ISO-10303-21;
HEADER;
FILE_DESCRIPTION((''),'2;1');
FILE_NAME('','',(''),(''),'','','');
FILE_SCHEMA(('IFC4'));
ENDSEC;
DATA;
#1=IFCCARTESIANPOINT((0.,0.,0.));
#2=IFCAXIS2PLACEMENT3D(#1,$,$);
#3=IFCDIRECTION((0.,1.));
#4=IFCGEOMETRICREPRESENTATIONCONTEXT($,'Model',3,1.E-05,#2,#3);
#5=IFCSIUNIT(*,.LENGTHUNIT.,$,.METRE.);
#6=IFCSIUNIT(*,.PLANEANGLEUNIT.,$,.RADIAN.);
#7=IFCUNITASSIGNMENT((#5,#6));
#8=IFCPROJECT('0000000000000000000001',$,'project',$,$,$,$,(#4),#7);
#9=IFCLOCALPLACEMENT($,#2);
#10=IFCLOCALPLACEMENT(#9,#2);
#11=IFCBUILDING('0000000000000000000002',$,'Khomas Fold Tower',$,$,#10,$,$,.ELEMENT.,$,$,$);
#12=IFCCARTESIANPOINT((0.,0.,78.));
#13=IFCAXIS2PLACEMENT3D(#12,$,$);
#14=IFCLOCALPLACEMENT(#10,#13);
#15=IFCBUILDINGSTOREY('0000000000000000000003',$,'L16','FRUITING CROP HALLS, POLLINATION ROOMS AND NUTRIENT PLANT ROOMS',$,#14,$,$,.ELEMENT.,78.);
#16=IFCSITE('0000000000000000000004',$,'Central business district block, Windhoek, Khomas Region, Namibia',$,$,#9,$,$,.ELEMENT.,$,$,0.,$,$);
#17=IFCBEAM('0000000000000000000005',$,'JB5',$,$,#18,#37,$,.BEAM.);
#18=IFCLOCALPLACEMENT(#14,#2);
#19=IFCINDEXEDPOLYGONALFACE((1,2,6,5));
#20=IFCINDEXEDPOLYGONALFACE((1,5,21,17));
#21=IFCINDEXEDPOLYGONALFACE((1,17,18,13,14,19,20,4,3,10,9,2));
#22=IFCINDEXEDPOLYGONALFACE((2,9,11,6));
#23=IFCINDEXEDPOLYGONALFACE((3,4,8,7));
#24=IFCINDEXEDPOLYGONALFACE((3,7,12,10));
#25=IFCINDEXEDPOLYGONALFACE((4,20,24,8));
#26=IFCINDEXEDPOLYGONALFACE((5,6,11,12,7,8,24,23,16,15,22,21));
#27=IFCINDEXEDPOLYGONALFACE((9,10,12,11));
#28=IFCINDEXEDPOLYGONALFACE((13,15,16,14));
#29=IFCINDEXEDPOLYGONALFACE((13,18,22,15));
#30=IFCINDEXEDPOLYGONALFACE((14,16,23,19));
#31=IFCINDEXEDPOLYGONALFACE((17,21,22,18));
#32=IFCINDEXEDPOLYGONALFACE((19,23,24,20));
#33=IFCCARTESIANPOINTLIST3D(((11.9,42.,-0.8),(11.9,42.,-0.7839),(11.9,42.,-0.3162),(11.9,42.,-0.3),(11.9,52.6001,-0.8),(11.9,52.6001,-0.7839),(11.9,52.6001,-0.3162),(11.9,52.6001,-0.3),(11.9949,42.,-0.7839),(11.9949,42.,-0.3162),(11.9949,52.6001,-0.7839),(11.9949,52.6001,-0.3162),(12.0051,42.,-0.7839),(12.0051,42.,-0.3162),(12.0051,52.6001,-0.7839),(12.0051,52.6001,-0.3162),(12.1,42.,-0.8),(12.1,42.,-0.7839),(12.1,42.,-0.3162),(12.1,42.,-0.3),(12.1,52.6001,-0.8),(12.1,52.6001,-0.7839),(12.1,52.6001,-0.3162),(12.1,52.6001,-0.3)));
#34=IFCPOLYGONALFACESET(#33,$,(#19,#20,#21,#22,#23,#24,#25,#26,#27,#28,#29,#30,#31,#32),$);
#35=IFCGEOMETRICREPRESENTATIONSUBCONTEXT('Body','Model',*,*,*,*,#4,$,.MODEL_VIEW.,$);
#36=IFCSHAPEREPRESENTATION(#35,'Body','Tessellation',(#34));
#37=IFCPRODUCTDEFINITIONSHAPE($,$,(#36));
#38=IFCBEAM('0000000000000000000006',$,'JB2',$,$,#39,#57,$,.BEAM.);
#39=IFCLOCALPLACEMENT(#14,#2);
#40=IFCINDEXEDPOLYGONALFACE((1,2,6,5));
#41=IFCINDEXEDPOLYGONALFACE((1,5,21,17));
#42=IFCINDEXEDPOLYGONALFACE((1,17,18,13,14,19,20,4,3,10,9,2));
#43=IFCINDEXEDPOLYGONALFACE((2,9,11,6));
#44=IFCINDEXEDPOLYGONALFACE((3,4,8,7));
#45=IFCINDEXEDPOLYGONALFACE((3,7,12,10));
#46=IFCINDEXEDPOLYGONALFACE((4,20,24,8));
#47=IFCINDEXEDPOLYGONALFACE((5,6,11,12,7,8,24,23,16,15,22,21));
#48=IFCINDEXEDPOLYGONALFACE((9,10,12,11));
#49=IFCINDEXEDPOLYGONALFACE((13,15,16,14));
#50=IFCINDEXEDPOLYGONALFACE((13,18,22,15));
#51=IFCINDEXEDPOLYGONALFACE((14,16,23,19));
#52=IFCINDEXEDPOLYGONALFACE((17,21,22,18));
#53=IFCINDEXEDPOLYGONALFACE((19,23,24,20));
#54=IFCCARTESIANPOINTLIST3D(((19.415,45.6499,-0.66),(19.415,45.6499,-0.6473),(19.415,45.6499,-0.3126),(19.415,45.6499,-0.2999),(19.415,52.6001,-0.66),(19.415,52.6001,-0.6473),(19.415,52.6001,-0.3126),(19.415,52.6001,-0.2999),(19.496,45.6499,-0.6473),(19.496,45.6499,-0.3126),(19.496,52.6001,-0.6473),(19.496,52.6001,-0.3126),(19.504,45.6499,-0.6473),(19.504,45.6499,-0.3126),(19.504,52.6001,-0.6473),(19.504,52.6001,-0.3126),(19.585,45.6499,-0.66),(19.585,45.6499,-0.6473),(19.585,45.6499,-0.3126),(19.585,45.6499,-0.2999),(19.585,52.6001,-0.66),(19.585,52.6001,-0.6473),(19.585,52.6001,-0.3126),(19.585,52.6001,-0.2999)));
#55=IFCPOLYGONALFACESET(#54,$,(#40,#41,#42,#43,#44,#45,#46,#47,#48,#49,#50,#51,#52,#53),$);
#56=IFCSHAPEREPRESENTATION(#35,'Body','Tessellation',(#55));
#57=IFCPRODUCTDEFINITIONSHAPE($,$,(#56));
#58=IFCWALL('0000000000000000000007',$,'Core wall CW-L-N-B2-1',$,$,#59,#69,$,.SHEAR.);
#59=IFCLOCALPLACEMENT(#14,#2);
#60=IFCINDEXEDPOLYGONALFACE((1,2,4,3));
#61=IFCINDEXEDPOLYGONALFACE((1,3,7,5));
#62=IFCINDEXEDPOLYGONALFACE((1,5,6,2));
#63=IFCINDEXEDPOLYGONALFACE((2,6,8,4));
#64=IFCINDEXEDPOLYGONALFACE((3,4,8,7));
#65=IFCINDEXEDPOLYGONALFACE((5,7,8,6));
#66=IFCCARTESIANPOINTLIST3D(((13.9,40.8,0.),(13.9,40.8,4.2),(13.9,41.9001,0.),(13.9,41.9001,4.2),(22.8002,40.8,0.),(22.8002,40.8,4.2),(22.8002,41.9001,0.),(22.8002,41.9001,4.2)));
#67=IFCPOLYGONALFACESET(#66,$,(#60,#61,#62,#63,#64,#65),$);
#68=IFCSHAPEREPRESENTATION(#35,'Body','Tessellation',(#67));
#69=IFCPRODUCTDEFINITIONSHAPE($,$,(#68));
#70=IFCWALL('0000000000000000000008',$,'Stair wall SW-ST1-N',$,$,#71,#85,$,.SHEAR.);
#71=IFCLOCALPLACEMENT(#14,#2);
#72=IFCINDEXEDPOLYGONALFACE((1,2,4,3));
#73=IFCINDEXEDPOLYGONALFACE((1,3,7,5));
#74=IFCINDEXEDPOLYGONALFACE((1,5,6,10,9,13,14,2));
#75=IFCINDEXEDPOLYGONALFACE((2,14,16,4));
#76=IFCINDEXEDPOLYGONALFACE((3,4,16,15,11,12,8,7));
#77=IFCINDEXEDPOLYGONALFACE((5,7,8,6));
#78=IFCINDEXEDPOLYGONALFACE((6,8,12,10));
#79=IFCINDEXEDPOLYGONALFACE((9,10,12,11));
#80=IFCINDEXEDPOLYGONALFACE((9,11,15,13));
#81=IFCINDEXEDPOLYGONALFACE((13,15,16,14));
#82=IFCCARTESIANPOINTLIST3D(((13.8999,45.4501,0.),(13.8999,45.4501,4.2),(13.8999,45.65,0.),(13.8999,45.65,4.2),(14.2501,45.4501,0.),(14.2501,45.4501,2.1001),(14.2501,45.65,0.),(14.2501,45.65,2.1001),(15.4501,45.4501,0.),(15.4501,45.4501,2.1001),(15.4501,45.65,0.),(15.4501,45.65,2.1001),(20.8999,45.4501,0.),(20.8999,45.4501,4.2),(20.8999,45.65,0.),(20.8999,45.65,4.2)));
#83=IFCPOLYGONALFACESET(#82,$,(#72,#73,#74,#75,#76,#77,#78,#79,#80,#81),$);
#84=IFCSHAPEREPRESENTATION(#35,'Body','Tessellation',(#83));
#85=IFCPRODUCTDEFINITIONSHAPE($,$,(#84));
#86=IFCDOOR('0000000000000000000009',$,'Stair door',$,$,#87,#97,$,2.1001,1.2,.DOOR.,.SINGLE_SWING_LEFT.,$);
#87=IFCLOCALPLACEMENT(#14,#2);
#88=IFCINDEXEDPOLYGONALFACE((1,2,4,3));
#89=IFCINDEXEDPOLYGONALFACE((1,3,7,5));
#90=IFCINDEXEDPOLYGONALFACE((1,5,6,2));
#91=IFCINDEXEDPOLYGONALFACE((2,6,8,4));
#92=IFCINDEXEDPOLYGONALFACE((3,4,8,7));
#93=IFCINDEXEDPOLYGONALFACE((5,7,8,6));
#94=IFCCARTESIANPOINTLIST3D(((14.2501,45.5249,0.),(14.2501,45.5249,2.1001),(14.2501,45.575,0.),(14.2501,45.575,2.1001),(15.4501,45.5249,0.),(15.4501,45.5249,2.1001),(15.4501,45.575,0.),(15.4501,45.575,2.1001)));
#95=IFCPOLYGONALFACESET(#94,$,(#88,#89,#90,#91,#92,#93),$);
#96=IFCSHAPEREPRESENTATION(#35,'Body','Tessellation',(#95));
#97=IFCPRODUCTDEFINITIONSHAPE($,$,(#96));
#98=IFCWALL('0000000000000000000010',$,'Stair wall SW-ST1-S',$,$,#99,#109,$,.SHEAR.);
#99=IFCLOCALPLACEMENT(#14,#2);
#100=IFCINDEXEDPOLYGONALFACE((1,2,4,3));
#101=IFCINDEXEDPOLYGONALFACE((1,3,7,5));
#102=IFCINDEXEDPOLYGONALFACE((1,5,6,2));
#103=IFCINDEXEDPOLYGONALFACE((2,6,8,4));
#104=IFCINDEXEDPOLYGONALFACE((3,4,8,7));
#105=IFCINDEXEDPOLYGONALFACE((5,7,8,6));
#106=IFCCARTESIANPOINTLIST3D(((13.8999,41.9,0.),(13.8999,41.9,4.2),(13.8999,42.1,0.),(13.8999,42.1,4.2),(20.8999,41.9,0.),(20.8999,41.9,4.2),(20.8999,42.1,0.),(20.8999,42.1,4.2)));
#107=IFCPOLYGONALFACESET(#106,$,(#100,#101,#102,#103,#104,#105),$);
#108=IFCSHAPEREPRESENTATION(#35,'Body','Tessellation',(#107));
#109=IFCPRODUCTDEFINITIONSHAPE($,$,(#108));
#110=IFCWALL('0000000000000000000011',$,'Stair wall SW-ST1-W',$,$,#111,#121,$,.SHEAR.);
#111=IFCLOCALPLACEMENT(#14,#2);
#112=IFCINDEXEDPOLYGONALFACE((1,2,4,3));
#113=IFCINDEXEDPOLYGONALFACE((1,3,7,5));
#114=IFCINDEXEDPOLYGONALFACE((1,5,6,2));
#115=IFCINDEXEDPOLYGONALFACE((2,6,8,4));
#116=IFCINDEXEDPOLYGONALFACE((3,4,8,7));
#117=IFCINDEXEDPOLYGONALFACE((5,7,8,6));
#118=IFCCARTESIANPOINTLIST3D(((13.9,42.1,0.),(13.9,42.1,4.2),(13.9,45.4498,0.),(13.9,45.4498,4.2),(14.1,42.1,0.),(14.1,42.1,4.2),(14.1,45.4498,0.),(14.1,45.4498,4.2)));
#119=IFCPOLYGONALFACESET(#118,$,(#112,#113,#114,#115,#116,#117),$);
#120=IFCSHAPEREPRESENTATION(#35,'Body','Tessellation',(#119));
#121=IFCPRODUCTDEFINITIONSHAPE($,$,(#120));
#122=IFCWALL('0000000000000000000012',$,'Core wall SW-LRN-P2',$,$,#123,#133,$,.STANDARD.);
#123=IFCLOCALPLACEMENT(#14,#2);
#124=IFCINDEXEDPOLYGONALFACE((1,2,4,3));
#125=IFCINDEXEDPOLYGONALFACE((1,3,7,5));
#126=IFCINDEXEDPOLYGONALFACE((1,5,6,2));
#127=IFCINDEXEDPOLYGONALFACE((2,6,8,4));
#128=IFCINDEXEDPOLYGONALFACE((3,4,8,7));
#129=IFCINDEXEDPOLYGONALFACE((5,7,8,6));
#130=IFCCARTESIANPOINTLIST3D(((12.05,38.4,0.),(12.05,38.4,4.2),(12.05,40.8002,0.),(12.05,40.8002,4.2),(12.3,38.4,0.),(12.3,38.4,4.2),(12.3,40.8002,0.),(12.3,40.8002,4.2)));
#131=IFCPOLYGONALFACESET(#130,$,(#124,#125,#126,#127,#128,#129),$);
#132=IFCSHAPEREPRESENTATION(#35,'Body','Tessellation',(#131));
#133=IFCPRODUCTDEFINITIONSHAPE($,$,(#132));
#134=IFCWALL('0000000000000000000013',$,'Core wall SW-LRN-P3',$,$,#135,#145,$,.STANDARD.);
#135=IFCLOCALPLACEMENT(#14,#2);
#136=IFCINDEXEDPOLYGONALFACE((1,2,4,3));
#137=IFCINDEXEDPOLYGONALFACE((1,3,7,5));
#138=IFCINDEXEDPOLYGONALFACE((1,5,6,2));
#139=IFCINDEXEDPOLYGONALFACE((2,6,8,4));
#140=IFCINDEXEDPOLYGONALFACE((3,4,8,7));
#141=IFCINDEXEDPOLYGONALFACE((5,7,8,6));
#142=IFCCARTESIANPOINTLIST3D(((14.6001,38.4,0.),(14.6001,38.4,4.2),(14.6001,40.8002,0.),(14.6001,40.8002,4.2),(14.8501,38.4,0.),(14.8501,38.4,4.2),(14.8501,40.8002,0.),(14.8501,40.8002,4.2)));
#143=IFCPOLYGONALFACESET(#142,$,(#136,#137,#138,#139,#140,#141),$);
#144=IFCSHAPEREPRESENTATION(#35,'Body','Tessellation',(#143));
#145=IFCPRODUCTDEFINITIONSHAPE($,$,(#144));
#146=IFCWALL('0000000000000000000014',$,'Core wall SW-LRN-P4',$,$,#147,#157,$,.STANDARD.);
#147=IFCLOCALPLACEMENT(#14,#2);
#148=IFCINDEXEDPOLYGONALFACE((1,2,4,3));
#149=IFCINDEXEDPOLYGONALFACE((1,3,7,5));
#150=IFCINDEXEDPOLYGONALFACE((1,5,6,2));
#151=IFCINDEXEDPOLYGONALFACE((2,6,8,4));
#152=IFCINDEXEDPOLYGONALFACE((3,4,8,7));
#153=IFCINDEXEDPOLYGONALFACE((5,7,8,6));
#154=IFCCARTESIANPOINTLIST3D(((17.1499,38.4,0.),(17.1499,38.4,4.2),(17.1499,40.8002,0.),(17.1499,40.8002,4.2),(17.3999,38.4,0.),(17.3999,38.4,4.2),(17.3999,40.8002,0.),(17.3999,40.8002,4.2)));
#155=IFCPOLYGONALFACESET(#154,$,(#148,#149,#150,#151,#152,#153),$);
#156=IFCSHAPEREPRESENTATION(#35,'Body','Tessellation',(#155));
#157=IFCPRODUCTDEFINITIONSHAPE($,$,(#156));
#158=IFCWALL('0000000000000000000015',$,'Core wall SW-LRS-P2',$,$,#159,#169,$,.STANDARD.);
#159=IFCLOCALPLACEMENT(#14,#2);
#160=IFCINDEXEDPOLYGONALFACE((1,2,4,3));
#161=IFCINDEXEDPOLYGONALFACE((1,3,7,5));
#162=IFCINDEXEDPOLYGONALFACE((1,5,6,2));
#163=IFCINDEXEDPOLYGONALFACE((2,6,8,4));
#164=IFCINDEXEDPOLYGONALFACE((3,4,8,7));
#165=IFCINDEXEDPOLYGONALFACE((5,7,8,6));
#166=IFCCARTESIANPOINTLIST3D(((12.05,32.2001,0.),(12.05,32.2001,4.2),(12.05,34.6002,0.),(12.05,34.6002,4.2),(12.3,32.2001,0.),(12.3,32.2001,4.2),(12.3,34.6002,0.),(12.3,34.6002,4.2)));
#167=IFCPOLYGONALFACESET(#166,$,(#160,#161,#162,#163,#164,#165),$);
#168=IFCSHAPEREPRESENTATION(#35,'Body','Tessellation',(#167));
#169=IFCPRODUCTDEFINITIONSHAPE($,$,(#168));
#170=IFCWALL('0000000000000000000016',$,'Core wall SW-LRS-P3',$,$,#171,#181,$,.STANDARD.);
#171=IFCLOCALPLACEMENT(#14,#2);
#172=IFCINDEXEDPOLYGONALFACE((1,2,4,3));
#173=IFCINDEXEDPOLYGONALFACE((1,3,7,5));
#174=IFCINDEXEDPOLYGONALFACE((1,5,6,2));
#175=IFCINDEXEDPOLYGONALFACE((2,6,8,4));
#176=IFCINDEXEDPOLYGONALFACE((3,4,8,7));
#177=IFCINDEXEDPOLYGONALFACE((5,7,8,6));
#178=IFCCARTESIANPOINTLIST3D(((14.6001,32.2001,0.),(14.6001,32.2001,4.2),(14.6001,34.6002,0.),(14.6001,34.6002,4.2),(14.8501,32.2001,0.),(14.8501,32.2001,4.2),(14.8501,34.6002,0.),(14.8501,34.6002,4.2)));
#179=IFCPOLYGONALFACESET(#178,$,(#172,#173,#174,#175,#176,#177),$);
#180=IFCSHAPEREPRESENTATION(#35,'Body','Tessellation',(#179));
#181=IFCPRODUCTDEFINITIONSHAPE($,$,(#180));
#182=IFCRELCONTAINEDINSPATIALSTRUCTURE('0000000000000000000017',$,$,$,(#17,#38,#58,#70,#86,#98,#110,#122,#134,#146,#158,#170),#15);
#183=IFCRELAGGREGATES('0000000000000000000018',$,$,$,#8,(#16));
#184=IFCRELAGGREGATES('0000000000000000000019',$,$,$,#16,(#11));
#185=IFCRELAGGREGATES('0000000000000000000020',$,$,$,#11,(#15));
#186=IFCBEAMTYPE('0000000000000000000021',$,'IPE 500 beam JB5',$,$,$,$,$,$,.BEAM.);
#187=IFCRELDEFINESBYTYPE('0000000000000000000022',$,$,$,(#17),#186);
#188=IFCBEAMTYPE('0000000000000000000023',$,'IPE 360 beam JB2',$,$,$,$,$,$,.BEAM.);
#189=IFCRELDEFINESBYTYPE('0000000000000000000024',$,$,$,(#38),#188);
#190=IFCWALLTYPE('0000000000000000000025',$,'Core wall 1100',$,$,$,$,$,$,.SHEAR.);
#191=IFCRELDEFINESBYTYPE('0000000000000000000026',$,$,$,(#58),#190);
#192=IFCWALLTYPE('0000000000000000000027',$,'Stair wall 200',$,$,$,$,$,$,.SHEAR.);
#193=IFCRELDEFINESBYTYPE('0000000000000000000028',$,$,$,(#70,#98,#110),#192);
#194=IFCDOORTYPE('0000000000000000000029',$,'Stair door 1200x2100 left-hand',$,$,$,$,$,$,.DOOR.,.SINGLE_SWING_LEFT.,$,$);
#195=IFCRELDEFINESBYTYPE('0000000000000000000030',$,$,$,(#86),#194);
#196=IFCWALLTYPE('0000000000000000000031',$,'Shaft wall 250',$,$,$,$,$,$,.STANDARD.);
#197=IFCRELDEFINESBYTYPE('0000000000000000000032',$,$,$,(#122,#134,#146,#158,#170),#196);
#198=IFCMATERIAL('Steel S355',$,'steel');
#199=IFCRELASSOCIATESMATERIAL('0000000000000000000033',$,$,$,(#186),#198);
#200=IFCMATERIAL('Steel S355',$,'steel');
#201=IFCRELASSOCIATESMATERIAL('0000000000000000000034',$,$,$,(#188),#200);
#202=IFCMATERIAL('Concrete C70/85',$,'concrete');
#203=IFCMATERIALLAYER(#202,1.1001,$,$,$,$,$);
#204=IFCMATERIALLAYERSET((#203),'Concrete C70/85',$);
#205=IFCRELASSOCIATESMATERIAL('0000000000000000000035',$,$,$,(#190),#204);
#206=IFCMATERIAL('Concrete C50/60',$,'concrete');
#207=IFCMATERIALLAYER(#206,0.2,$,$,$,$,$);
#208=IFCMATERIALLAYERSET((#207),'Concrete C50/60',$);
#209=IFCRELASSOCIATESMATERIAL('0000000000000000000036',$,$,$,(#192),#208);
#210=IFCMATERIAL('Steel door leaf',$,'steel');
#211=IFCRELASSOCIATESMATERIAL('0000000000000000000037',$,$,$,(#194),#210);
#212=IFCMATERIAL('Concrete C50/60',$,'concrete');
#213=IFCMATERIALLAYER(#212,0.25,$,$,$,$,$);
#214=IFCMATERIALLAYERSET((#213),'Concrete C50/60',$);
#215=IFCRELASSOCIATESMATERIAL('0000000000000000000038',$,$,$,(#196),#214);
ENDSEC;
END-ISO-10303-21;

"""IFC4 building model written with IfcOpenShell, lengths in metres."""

from ifc_helpers import new_model, si_unit, direction, frame, frame_2d, origin, origin_2d, place, context, subcontext, project, spatial, rectangle, i_section, extrude, source, transform, mapped, material, layer, layer_set, material_profile, profile_set, type_object, element, fill, save


model = new_model("IFC4")

# Units and contexts
model_context = context("Model", 3, precision=1e-05, world=origin(), true_north=direction((0.0, 1.0)))
body_context = subcontext(model_context, "Body", "Model", "MODEL_VIEW")
ifc_project = project(units=[si_unit("LENGTHUNIT", "METRE"), si_unit("PLANEANGLEUNIT", "RADIAN")], contexts=[model_context])

# Site, building, storey
site_placement = place(None, origin())
site = spatial("IfcSite", under=ifc_project, at=site_placement, Name="Central business district block, Windhoek, Khomas Region, Namibia", CompositionType="ELEMENT", RefElevation=0.0)
building_placement = place(site_placement, origin())
building = spatial("IfcBuilding", under=site, at=building_placement, Name="Khomas Fold Tower", CompositionType="ELEMENT")
storey_placement = place(building_placement, frame((0.0, 0.0, 78.0)))
storey = spatial("IfcBuildingStorey", under=building, at=storey_placement, Name="L16", Description="FRUITING CROP HALLS, POLLINATION ROOMS AND NUTRIENT PLANT ROOMS", CompositionType="ELEMENT", Elevation=78.0)

# Beams
ifc_material_1 = material(Name="Steel S355", Category="steel")
ifc_material_profile_1 = material_profile(ifc_material_1, i_section(OverallWidth=0.2, OverallDepth=0.5, WebThickness=0.0103, FlangeThickness=0.0161, at=origin_2d()), Name="IPE 500")
ifc_profile_set_1 = profile_set([ifc_material_profile_1], Name="Steel S355")
beam_type_1 = type_object("IfcBeamType", Name="IPE 500 beam JB5", PredefinedType="BEAM", material=ifc_profile_set_1)
shared_shape_1 = source(origin(), body_context, "Body", "SweptSolid", [
    extrude(i_section(OverallWidth=0.2, OverallDepth=0.5, WebThickness=0.0103, FlangeThickness=0.0161, at=origin_2d()), origin(), (0.0, 0.0, 1.0), 10.6001),
])
beam_1_placement = place(storey_placement, frame((12.0, 42.0, -0.55), z_axis=(0.0, 1.0, 0.0), x_axis=(-1.0, 0.0, 0.0)))
element("IfcBeam", 1, at=beam_1_placement, inside=storey, type_object=beam_type_1, Name="JB5", PredefinedType="BEAM", context=body_context, shape_type="MappedRepresentation", body=[
    mapped(shared_shape_1, transform((0.0, 0.0, 0.0))),
])
ifc_material_2 = material(Name="Steel S355", Category="steel")
ifc_material_profile_2 = material_profile(ifc_material_2, i_section(OverallWidth=0.1699, OverallDepth=0.3601, WebThickness=0.0081, FlangeThickness=0.0127, at=origin_2d()), Name="IPE 360")
ifc_profile_set_2 = profile_set([ifc_material_profile_2], Name="Steel S355")
beam_type_2 = type_object("IfcBeamType", Name="IPE 360 beam JB2", PredefinedType="BEAM", material=ifc_profile_set_2)
shared_shape_2 = source(origin(), body_context, "Body", "SweptSolid", [
    extrude(i_section(OverallWidth=0.1699, OverallDepth=0.3601, WebThickness=0.0081, FlangeThickness=0.0127, at=origin_2d()), origin(), (0.0, 0.0, 1.0), 6.9502),
])
beam_2_placement = place(storey_placement, frame((19.5, 45.6499, -0.48), z_axis=(0.0, 1.0, 0.0), x_axis=(-1.0, 0.0, 0.0)))
element("IfcBeam", 2, at=beam_2_placement, inside=storey, type_object=beam_type_2, Name="JB2", PredefinedType="BEAM", context=body_context, shape_type="MappedRepresentation", body=[
    mapped(shared_shape_2, transform((0.0, 0.0, 0.0))),
])

# Wall
ifc_material_3 = material(Name="Concrete C70/85", Category="concrete")
ifc_layer_1 = layer(ifc_material_3, 1.1001)
ifc_layer_set_1 = layer_set([ifc_layer_1], Name="Concrete C70/85")
wall_type_1 = type_object("IfcWallType", Name="Core wall 1100", PredefinedType="SHEAR", material=ifc_layer_set_1)
shared_shape_3 = source(origin(), body_context, "Body", "SweptSolid", [
    extrude(rectangle(XDim=8.9001, YDim=1.1001, at=frame_2d((4.4502, 0.0))), origin(), (0.0, 0.0, 1.0), 4.2),
])
wall_1_placement = place(storey_placement, frame((13.8999, 41.3501, 0.0), z_axis=(0.0, 0.0, 1.0), x_axis=(1.0, 0.0, 0.0)))
element("IfcWall", 3, at=wall_1_placement, inside=storey, type_object=wall_type_1, Name="Core wall CW-L-N-B2-1", PredefinedType="SHEAR", context=body_context, shape_type="MappedRepresentation", body=[
    mapped(shared_shape_3, transform((0.0, 0.0, 0.0))),
])

# Wall, opening, door
ifc_material_4 = material(Name="Concrete C50/60", Category="concrete")
ifc_layer_2 = layer(ifc_material_4, 0.2)
ifc_layer_set_2 = layer_set([ifc_layer_2], Name="Concrete C50/60")
wall_type_2 = type_object("IfcWallType", Name="Stair wall 200", PredefinedType="SHEAR", material=ifc_layer_set_2)
shared_shape_4 = source(origin(), body_context, "Body", "SweptSolid", [
    extrude(rectangle(XDim=7.0, YDim=0.2, at=frame_2d((3.5, 0.0))), origin(), (0.0, 0.0, 1.0), 4.2),
])
wall_2_placement = place(storey_placement, frame((13.8999, 45.55, 0.0), z_axis=(0.0, 0.0, 1.0), x_axis=(1.0, 0.0, 0.0)))
wall_2 = element("IfcWall", 4, at=wall_2_placement, inside=storey, type_object=wall_type_2, Name="Stair wall SW-ST1-N", PredefinedType="SHEAR", context=body_context, shape_type="MappedRepresentation", body=[
    mapped(shared_shape_4, transform((0.0, 0.0, 0.0))),
])
shared_shape_5 = source(origin(), body_context, "Body", "SweptSolid", [
    extrude(rectangle(XDim=1.2, YDim=2.1001, at=frame_2d((0.6001, 1.05))), frame((0.0, 0.1099, 0.0), z_axis=(0.0, -1.0, 0.0), x_axis=(1.0, 0.0, 0.0)), (0.0, 0.0, 1.0), 0.22),
])
opening_1_placement = place(wall_2_placement, frame((0.3501, 0.0, 0.0)))
opening_1 = element("IfcOpeningElement", 5, at=opening_1_placement, cuts=wall_2, PredefinedType="OPENING", context=body_context, shape_type="MappedRepresentation", body=[
    mapped(shared_shape_5, transform((0.0, 0.0, 0.0))),
])
ifc_material_5 = material(Name="Steel door leaf", Category="steel")
door_type_1 = type_object("IfcDoorType", Name="Stair door 1200x2100 left-hand", OperationType="SINGLE_SWING_LEFT", PredefinedType="DOOR", material=ifc_material_5)
shared_shape_6 = source(origin(), body_context, "Body", "SweptSolid", [
    extrude(rectangle(XDim=1.2, YDim=2.1001, at=frame_2d((0.6001, 1.05))), frame((0.0, 0.0249, 0.0), z_axis=(0.0, -1.0, 0.0), x_axis=(1.0, 0.0, 0.0)), (0.0, 0.0, 1.0), 0.05),
])
door_1_placement = place(opening_1_placement, origin())
door_1 = element("IfcDoor", 6, at=door_1_placement, inside=storey, type_object=door_type_1, Name="Stair door", OperationType="SINGLE_SWING_LEFT", OverallHeight=2.1001, OverallWidth=1.2, PredefinedType="DOOR", context=body_context, shape_type="MappedRepresentation", body=[
    mapped(shared_shape_6, transform((0.0, 0.0, 0.0))),
])
fill(opening_1, door_1)

# Walls
wall_3_placement = place(storey_placement, frame((13.8999, 42.0, 0.0), z_axis=(0.0, 0.0, 1.0), x_axis=(1.0, 0.0, 0.0)))
element("IfcWall", 7, at=wall_3_placement, inside=storey, type_object=wall_type_2, Name="Stair wall SW-ST1-S", PredefinedType="SHEAR", context=body_context, shape_type="MappedRepresentation", body=[
    mapped(shared_shape_4, transform((0.0, 0.0, 0.0))),
])
shared_shape_7 = source(origin(), body_context, "Body", "SweptSolid", [
    extrude(rectangle(XDim=3.3499, YDim=0.2, at=frame_2d((1.6748, 0.0))), origin(), (0.0, 0.0, 1.0), 4.2),
])
wall_4_placement = place(storey_placement, frame((14.0, 42.1001, 0.0), z_axis=(0.0, 0.0, 1.0), x_axis=(0.0, 1.0, 0.0)))
element("IfcWall", 8, at=wall_4_placement, inside=storey, type_object=wall_type_2, Name="Stair wall SW-ST1-W", PredefinedType="SHEAR", context=body_context, shape_type="MappedRepresentation", body=[
    mapped(shared_shape_7, transform((0.0, 0.0, 0.0))),
])
ifc_material_6 = material(Name="Concrete C50/60", Category="concrete")
ifc_layer_3 = layer(ifc_material_6, 0.25)
ifc_layer_set_3 = layer_set([ifc_layer_3], Name="Concrete C50/60")
wall_type_3 = type_object("IfcWallType", Name="Shaft wall 250", PredefinedType="STANDARD", material=ifc_layer_set_3)
shared_shape_8 = source(origin(), body_context, "Body", "SweptSolid", [
    extrude(rectangle(XDim=2.4001, YDim=0.25, at=frame_2d((1.2002, 0.0))), origin(), (0.0, 0.0, 1.0), 4.2),
])
for number, where, z_axis, x_axis, name in (
    (9, (12.175, 38.3999, 0.0), (0.0, 0.0, 1.0), (0.0, 1.0, 0.0), "Core wall SW-LRN-P2"),
    (10, (14.7251, 38.3999, 0.0), (0.0, 0.0, 1.0), (0.0, 1.0, 0.0), "Core wall SW-LRN-P3"),
    (11, (17.2749, 38.3999, 0.0), (0.0, 0.0, 1.0), (0.0, 1.0, 0.0), "Core wall SW-LRN-P4"),
    (12, (12.175, 32.2, 0.0), (0.0, 0.0, 1.0), (0.0, 1.0, 0.0), "Core wall SW-LRS-P2"),
    (13, (14.7251, 32.2, 0.0), (0.0, 0.0, 1.0), (0.0, 1.0, 0.0), "Core wall SW-LRS-P3"),
):
    element("IfcWall", number, at=place(storey_placement, frame(where, z_axis=z_axis, x_axis=x_axis)), inside=storey, type_object=wall_type_3, Name=name, PredefinedType="STANDARD", context=body_context, shape_type="MappedRepresentation", body=[
        mapped(shared_shape_8, transform((0.0, 0.0, 0.0))),
    ])

save(model, "model.ifc")
